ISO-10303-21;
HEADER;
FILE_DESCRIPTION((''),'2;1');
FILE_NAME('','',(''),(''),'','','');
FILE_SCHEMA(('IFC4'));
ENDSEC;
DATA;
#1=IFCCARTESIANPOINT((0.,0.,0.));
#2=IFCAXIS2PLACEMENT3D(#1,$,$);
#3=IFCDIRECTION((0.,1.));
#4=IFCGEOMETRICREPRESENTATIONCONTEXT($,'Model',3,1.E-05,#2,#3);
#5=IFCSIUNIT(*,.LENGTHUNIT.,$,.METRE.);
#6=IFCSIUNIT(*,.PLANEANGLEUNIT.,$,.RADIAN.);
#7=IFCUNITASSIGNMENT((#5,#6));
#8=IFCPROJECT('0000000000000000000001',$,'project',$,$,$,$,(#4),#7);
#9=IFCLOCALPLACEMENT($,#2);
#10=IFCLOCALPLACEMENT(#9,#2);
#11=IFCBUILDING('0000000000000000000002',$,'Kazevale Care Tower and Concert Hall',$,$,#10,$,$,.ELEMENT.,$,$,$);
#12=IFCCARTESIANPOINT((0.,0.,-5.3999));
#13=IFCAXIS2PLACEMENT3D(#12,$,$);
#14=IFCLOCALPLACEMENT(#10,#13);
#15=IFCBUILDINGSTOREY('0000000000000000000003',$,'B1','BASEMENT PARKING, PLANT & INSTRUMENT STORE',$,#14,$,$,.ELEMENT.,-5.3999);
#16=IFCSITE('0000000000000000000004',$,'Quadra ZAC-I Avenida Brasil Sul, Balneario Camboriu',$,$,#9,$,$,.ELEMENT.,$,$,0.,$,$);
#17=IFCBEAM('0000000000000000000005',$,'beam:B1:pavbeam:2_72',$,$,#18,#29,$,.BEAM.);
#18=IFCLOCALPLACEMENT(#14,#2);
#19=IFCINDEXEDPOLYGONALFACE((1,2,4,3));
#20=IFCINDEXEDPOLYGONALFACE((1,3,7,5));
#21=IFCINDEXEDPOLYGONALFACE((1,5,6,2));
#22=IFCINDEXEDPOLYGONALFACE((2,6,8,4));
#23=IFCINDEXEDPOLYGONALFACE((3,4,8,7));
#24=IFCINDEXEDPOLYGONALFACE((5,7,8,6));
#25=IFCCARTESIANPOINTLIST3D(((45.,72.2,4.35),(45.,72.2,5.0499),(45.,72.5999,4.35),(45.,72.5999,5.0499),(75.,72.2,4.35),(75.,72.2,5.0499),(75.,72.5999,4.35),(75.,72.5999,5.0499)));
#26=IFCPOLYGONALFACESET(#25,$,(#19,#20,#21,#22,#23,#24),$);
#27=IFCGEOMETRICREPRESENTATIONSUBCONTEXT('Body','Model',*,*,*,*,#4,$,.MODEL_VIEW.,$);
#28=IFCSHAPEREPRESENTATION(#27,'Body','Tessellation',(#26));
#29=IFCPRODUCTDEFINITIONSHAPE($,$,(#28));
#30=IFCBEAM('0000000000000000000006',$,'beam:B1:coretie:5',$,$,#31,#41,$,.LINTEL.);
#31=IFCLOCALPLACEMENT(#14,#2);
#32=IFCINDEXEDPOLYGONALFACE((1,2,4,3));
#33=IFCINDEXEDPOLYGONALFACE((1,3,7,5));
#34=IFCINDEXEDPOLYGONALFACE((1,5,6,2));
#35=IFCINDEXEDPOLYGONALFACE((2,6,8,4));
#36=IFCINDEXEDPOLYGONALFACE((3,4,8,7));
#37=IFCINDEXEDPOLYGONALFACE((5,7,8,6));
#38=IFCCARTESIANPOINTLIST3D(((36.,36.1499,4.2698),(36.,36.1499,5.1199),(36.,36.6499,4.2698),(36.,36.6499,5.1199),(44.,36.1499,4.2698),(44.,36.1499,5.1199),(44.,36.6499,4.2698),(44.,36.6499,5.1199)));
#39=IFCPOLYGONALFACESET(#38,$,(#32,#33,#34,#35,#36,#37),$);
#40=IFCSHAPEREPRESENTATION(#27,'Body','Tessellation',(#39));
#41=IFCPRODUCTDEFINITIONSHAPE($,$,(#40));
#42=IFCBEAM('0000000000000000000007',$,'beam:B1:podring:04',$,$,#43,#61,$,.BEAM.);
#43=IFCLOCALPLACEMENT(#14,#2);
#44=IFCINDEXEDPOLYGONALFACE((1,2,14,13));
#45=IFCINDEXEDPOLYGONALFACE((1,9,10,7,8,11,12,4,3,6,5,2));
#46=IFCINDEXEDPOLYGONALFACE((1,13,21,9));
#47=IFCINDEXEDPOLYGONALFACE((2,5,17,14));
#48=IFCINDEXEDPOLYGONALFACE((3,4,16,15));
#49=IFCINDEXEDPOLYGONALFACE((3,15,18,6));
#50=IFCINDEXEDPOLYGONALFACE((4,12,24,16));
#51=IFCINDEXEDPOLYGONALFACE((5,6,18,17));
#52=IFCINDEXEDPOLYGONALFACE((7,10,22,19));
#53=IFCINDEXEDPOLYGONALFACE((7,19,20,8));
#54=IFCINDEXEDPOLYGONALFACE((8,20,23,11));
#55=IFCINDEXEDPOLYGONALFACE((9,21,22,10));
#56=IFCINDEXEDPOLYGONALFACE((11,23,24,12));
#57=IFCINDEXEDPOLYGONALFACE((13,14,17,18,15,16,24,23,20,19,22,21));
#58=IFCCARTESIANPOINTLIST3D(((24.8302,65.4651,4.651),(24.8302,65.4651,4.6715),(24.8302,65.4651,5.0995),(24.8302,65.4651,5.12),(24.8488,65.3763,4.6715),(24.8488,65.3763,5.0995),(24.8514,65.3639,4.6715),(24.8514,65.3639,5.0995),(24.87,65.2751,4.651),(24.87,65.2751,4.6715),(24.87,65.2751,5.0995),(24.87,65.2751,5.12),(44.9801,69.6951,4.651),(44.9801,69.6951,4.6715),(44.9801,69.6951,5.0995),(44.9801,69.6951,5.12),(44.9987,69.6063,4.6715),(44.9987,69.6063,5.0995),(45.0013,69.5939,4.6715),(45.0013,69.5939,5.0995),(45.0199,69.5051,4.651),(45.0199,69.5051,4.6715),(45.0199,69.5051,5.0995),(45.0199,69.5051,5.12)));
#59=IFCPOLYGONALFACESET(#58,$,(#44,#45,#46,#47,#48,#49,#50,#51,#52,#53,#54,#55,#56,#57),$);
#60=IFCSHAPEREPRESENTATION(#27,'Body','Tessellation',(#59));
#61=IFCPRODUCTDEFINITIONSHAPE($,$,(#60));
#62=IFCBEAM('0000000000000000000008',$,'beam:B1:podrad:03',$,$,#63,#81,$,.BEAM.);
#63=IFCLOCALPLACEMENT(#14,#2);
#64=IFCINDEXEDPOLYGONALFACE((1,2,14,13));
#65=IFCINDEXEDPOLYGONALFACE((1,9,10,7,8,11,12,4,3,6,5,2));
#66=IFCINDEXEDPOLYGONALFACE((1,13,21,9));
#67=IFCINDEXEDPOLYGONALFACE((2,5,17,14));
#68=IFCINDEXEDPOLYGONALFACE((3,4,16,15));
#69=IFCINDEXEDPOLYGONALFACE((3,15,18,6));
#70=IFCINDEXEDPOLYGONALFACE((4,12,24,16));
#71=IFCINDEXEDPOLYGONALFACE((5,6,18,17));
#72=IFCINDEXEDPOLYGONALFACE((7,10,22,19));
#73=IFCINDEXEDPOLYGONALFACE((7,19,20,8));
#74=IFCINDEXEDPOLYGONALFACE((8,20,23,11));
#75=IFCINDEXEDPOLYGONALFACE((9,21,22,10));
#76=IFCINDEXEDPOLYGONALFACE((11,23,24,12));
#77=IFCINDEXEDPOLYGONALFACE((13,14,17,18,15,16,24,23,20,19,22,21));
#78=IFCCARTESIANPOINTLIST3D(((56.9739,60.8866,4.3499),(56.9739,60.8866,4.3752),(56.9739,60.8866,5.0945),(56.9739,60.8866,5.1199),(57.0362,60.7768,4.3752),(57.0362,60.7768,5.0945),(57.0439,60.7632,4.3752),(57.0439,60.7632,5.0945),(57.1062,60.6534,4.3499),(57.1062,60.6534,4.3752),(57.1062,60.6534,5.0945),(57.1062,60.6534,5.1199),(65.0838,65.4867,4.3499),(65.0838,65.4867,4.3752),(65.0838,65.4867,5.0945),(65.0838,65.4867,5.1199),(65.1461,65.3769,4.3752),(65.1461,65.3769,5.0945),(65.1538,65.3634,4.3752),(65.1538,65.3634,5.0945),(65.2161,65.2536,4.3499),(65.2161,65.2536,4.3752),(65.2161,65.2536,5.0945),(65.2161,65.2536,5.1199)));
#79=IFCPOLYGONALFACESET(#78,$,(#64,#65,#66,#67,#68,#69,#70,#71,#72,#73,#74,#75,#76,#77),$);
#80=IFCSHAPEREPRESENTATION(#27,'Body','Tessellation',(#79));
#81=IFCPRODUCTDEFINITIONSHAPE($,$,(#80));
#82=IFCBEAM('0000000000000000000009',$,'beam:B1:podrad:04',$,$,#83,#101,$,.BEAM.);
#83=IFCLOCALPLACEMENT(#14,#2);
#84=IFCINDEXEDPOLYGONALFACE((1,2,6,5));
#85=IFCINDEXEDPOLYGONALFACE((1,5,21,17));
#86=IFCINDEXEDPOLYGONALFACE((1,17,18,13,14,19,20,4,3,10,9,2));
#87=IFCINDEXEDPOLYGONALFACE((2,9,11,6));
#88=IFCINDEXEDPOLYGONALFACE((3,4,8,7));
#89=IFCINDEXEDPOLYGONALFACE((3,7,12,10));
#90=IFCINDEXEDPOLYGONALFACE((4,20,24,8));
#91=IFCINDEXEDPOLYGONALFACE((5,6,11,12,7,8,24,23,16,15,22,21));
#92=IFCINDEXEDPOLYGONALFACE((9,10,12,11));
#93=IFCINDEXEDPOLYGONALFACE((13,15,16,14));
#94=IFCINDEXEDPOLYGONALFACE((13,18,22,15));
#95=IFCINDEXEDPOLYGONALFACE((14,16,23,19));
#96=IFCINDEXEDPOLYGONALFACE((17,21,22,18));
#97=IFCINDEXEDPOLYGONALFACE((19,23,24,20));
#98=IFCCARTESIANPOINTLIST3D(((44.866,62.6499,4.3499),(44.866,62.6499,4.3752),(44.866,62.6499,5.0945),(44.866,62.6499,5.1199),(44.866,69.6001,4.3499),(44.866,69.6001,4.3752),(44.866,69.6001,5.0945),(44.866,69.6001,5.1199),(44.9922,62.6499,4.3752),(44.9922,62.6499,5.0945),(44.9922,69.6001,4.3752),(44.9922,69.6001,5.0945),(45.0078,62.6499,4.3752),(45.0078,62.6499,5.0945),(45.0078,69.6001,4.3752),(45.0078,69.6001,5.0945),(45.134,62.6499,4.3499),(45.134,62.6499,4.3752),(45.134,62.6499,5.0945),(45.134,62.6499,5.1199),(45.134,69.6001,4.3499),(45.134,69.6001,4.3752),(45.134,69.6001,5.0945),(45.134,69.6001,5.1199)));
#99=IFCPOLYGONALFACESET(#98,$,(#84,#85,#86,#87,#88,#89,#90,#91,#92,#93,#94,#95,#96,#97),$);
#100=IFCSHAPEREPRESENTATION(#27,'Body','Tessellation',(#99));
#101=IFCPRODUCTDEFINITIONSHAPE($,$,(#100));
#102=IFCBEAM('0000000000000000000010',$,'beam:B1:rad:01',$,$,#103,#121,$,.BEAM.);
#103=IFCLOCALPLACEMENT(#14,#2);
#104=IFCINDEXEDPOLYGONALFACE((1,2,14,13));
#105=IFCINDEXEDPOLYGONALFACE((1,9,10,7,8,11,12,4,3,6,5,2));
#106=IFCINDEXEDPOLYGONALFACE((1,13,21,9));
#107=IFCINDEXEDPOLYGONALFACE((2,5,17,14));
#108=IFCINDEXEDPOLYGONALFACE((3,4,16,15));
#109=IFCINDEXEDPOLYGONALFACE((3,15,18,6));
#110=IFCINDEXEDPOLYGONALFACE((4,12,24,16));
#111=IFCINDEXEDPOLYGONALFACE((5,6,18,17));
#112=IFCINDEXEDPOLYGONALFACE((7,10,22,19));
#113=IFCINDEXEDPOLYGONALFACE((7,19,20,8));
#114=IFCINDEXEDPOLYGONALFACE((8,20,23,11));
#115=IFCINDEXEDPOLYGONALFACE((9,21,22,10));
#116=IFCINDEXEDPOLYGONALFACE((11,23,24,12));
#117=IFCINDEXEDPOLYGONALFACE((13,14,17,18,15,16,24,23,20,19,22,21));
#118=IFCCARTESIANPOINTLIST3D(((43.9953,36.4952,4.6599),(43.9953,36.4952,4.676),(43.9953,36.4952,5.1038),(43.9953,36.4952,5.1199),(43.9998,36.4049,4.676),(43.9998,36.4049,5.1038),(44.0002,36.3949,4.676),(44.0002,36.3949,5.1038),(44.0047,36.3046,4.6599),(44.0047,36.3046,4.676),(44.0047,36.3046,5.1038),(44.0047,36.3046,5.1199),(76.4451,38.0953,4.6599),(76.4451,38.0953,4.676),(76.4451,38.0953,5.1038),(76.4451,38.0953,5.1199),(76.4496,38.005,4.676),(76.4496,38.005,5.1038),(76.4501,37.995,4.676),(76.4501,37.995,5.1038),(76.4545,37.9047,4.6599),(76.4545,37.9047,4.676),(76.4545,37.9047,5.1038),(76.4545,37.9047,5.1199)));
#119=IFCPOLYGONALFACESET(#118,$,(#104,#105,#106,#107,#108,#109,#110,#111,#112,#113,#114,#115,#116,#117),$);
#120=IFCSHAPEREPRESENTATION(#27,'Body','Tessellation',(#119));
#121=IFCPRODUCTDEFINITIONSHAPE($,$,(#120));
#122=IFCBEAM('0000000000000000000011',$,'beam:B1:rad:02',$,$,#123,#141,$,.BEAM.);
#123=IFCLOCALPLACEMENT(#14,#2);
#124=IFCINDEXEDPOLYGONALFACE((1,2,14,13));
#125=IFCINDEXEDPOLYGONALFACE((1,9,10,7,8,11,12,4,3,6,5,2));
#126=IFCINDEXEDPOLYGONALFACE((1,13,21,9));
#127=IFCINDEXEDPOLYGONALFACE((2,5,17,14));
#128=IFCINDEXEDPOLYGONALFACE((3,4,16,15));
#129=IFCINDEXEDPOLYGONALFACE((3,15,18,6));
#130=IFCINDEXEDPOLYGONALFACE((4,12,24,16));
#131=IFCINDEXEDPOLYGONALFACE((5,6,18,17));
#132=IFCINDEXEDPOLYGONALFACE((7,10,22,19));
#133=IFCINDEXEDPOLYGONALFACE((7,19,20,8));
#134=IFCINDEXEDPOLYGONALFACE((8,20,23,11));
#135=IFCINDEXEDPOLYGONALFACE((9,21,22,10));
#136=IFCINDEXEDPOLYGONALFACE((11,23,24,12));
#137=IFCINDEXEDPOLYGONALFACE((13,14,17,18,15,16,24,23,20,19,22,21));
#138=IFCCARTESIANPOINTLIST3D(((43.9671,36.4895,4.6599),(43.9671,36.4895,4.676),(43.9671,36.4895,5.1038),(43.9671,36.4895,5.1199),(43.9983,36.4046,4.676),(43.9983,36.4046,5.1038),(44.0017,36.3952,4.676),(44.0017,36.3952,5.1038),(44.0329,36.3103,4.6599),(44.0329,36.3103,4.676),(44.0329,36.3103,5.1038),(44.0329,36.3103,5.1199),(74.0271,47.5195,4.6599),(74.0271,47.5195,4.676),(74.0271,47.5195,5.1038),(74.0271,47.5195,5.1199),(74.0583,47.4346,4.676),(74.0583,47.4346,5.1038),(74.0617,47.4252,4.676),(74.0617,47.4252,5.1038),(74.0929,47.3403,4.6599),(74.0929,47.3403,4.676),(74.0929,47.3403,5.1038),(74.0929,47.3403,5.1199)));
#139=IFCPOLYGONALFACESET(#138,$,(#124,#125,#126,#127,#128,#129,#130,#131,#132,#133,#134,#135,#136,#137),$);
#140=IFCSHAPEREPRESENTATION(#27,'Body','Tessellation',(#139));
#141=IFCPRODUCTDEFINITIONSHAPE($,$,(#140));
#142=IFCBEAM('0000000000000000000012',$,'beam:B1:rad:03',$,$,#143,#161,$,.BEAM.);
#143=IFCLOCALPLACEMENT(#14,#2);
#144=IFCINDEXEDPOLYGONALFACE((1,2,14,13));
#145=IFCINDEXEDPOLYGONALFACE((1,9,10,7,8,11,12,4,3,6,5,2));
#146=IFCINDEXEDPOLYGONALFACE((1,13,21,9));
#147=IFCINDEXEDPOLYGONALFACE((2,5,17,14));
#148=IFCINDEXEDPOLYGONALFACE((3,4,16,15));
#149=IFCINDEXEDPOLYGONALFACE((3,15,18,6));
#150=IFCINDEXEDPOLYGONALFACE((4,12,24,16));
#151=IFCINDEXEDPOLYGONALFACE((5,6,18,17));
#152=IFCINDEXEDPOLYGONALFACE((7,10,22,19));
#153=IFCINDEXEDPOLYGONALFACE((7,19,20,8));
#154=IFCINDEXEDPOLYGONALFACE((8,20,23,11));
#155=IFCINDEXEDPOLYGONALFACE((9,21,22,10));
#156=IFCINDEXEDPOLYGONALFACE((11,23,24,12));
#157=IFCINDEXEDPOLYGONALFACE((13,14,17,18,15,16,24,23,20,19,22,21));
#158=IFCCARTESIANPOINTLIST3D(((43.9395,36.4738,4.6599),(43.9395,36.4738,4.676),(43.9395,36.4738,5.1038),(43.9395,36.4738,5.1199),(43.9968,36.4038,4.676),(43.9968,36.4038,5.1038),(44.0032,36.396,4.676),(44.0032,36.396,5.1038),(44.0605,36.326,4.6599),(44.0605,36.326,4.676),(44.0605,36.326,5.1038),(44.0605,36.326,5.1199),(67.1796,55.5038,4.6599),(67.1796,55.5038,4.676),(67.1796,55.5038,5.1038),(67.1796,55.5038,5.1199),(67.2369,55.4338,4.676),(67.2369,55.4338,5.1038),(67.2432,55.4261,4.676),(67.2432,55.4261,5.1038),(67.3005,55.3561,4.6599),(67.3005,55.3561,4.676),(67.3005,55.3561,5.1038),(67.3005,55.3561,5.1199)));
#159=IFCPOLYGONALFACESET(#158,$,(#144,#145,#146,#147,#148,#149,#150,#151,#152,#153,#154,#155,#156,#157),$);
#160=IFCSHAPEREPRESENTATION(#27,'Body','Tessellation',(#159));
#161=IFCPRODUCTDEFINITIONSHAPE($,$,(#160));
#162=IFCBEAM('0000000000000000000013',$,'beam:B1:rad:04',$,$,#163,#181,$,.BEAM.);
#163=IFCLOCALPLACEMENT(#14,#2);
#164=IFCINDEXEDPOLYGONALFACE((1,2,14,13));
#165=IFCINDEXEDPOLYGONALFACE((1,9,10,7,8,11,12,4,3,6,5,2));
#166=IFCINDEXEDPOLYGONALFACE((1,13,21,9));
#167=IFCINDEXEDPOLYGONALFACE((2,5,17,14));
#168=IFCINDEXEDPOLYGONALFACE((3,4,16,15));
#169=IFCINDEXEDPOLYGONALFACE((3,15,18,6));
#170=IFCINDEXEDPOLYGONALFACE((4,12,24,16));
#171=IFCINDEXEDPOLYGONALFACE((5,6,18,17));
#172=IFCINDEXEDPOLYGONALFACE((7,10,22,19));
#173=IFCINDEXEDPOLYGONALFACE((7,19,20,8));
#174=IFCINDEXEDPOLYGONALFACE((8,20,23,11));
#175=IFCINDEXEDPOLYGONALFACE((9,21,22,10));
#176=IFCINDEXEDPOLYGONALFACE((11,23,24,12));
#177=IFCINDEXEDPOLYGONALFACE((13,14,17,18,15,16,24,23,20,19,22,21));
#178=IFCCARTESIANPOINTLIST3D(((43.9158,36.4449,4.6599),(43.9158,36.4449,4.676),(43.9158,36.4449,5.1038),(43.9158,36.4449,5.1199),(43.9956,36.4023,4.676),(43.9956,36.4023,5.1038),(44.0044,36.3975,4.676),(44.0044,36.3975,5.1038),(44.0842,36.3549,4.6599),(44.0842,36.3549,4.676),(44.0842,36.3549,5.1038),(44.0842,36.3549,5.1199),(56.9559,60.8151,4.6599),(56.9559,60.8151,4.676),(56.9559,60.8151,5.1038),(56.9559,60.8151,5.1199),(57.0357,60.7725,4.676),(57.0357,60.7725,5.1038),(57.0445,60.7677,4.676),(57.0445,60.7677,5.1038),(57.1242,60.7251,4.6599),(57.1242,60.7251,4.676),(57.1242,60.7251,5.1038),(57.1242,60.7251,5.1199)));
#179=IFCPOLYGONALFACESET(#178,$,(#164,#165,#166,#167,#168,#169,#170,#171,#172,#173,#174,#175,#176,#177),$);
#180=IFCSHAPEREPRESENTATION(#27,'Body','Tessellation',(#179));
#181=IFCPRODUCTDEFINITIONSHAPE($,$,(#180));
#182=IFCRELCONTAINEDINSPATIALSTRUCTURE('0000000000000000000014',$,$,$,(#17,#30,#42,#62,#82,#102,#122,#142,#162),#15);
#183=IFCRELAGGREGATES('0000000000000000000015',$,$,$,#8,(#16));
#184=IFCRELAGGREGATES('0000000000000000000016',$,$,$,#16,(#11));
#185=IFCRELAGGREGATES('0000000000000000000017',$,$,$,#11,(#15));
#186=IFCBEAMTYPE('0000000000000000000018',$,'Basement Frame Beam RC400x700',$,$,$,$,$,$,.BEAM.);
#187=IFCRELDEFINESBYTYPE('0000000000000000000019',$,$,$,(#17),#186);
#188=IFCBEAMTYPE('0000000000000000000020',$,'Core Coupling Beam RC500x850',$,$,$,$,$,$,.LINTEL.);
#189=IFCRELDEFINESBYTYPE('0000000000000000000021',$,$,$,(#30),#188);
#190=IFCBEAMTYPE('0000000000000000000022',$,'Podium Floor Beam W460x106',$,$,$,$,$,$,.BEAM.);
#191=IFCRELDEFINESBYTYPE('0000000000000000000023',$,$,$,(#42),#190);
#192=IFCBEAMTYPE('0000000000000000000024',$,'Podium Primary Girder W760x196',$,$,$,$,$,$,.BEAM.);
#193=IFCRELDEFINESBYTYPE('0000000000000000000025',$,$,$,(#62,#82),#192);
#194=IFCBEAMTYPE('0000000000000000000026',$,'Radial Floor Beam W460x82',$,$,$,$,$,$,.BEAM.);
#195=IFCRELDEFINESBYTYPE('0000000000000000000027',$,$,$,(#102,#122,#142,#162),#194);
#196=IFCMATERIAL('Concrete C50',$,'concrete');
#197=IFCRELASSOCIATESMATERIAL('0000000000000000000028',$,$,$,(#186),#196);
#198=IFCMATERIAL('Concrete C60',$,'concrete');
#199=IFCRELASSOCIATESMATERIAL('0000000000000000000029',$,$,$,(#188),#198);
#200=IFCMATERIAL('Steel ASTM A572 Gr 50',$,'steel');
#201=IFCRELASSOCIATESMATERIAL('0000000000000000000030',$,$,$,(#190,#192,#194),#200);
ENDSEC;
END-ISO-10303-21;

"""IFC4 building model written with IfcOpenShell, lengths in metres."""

from ifc_helpers import new_model, si_unit, direction, frame, origin, origin_2d, place, context, subcontext, project, spatial, rectangle, i_section, extrude, material, material_profile, profile_set, type_object, element, save


model = new_model("IFC4")

# Units and contexts
model_context = context("Model", 3, precision=1e-05, world=origin(), true_north=direction((0.0, 1.0)))
body_context = subcontext(model_context, "Body", "Model", "MODEL_VIEW")
ifc_project = project(units=[si_unit("LENGTHUNIT", "METRE"), si_unit("PLANEANGLEUNIT", "RADIAN")], contexts=[model_context])

# Site, building, storey
site_placement = place(None, origin())
site = spatial("IfcSite", under=ifc_project, at=site_placement, Name="Quadra ZAC-I Avenida Brasil Sul, Balneario Camboriu", CompositionType="ELEMENT", RefElevation=0.0)
building_placement = place(site_placement, origin())
building = spatial("IfcBuilding", under=site, at=building_placement, Name="Kazevale Care Tower and Concert Hall", CompositionType="ELEMENT")
storey_placement = place(building_placement, frame((0.0, 0.0, -5.3999)))
storey = spatial("IfcBuildingStorey", under=building, at=storey_placement, Name="B1", Description="BASEMENT PARKING, PLANT & INSTRUMENT STORE", CompositionType="ELEMENT", Elevation=-5.3999)

# Shared definitions
ifc_material_1 = material(Name="Concrete C50", Category="concrete")

# Shared definitions
ifc_material_2 = material(Name="Concrete C60", Category="concrete")

# Beams
ifc_material_profile_1 = material_profile(ifc_material_1, rectangle(XDim=0.3999, YDim=0.7, at=origin_2d()), Name="RC-B400x700")
ifc_profile_set_1 = profile_set([ifc_material_profile_1], Name="Concrete C50")
beam_type_1 = type_object("IfcBeamType", Name="Basement Frame Beam RC400x700", PredefinedType="BEAM", material=ifc_profile_set_1)
beam_1_placement = place(storey_placement, frame((45.0, 72.3999, 4.7), z_axis=(1.0, 0.0, 0.0), x_axis=(0.0, 1.0, 0.0)))
element("IfcBeam", 1, at=beam_1_placement, inside=storey, type_object=beam_type_1, Name="beam:B1:pavbeam:2_72", PredefinedType="BEAM", context=body_context, shape_type="SweptSolid", body=[
    extrude(rectangle(XDim=0.3999, YDim=0.7, at=origin_2d()), origin(), (0.0, 0.0, 1.0), 30.0),
])
ifc_material_profile_2 = material_profile(ifc_material_2, rectangle(XDim=0.5, YDim=0.8501, at=origin_2d()), Name="RC-B500x850")
ifc_profile_set_2 = profile_set([ifc_material_profile_2], Name="Concrete C60")
beam_type_2 = type_object("IfcBeamType", Name="Core Coupling Beam RC500x850", PredefinedType="LINTEL", material=ifc_profile_set_2)
beam_2_placement = place(storey_placement, frame((44.0, 36.3999, 4.6948), z_axis=(-1.0, 0.0, 0.0), x_axis=(0.0, -1.0, 0.0)))
element("IfcBeam", 2, at=beam_2_placement, inside=storey, type_object=beam_type_2, Name="beam:B1:coretie:5", PredefinedType="LINTEL", context=body_context, shape_type="SweptSolid", body=[
    extrude(rectangle(XDim=0.5, YDim=0.8501, at=origin_2d()), origin(), (0.0, 0.0, 1.0), 8.0),
])
ifc_material_3 = material(Name="Steel ASTM A572 Gr 50", Category="steel")
ifc_material_profile_3 = material_profile(ifc_material_3, i_section(OverallWidth=0.1941, OverallDepth=0.469, WebThickness=0.0127, FlangeThickness=0.0205, at=origin_2d()), Name="W460x106")
ifc_profile_set_3 = profile_set([ifc_material_profile_3], Name="Steel ASTM A572 Gr 50")
beam_type_3 = type_object("IfcBeamType", Name="Podium Floor Beam W460x106", PredefinedType="BEAM", material=ifc_profile_set_3)
beam_3_placement = place(storey_placement, frame((45.0, 69.6001, 4.8855), z_axis=(-0.978668, -0.205448, 0.0), x_axis=(0.205448, -0.978668, 0.0)))
element("IfcBeam", 3, at=beam_3_placement, inside=storey, type_object=beam_type_3, Name="beam:B1:podring:04", PredefinedType="BEAM", context=body_context, shape_type="SweptSolid", body=[
    extrude(i_section(OverallWidth=0.1941, OverallDepth=0.469, WebThickness=0.0127, FlangeThickness=0.0205, at=origin_2d()), origin(), (0.0, 0.0, 1.0), 20.5891),
])
ifc_material_profile_4 = material_profile(ifc_material_3, i_section(OverallWidth=0.2681, OverallDepth=0.77, WebThickness=0.0156, FlangeThickness=0.0254, at=origin_2d()), Name="W760x196")
ifc_profile_set_4 = profile_set([ifc_material_profile_4], Name="Steel ASTM A572 Gr 50")
beam_type_4 = type_object("IfcBeamType", Name="Podium Primary Girder W760x196", PredefinedType="BEAM", material=ifc_profile_set_4)
beam_4_placement = place(storey_placement, frame((57.04, 60.77, 4.7349), z_axis=(0.869815, 0.493379, 0.0), x_axis=(-0.493379, 0.869815, 0.0)))
element("IfcBeam", 4, at=beam_4_placement, inside=storey, type_object=beam_type_4, Name="beam:B1:podrad:03", PredefinedType="BEAM", context=body_context, shape_type="SweptSolid", body=[
    extrude(i_section(OverallWidth=0.2681, OverallDepth=0.77, WebThickness=0.0156, FlangeThickness=0.0254, at=origin_2d()), origin(), (0.0, 0.0, 1.0), 9.3237),
])
beam_5_placement = place(storey_placement, frame((45.0, 62.6499, 4.7349), z_axis=(0.0, 1.0, 0.0), x_axis=(-1.0, 0.0, 0.0)))
element("IfcBeam", 5, at=beam_5_placement, inside=storey, type_object=beam_type_4, Name="beam:B1:podrad:04", PredefinedType="BEAM", context=body_context, shape_type="SweptSolid", body=[
    extrude(i_section(OverallWidth=0.2681, OverallDepth=0.77, WebThickness=0.0156, FlangeThickness=0.0254, at=origin_2d()), origin(), (0.0, 0.0, 1.0), 6.9502),
])
ifc_material_profile_5 = material_profile(ifc_material_3, i_section(OverallWidth=0.1909, OverallDepth=0.46, WebThickness=0.01, FlangeThickness=0.0161, at=origin_2d()), Name="W460x82")
ifc_profile_set_5 = profile_set([ifc_material_profile_5], Name="Steel ASTM A572 Gr 50")
beam_type_5 = type_object("IfcBeamType", Name="Radial Floor Beam W460x82", PredefinedType="BEAM", material=ifc_profile_set_5)
beam_6_placement = place(storey_placement, frame((44.0, 36.3999, 4.8899), z_axis=(0.998786, 0.04925, 0.0), x_axis=(-0.04925, 0.998786, 0.0)))
element("IfcBeam", 6, at=beam_6_placement, inside=storey, type_object=beam_type_5, Name="beam:B1:rad:01", PredefinedType="BEAM", context=body_context, shape_type="SweptSolid", body=[
    extrude(i_section(OverallWidth=0.1909, OverallDepth=0.46, WebThickness=0.01, FlangeThickness=0.0161, at=origin_2d()), origin(), (0.0, 0.0, 1.0), 32.4893),
])
beam_7_placement = place(storey_placement, frame((44.0, 36.3999, 4.8899), z_axis=(0.938795, 0.344475, 0.0), x_axis=(-0.344475, 0.938795, 0.0)))
element("IfcBeam", 7, at=beam_7_placement, inside=storey, type_object=beam_type_5, Name="beam:B1:rad:02", PredefinedType="BEAM", context=body_context, shape_type="SweptSolid", body=[
    extrude(i_section(OverallWidth=0.1909, OverallDepth=0.46, WebThickness=0.01, FlangeThickness=0.0161, at=origin_2d()), origin(), (0.0, 0.0, 1.0), 32.0198),
])
beam_8_placement = place(storey_placement, frame((44.0, 36.3999, 4.8899), z_axis=(0.773704, 0.633547, 0.0), x_axis=(-0.633547, 0.773704, 0.0)))
element("IfcBeam", 8, at=beam_8_placement, inside=storey, type_object=beam_type_5, Name="beam:B1:rad:03", PredefinedType="BEAM", context=body_context, shape_type="SweptSolid", body=[
    extrude(i_section(OverallWidth=0.1909, OverallDepth=0.46, WebThickness=0.01, FlangeThickness=0.0161, at=origin_2d()), origin(), (0.0, 0.0, 1.0), 30.0374),
])
beam_9_placement = place(storey_placement, frame((44.0, 36.3999, 4.8899), z_axis=(0.471789, 0.881712, 0.0), x_axis=(-0.881712, 0.471789, 0.0)))
element("IfcBeam", 9, at=beam_9_placement, inside=storey, type_object=beam_type_5, Name="beam:B1:rad:04", PredefinedType="BEAM", context=body_context, shape_type="SweptSolid", body=[
    extrude(i_section(OverallWidth=0.1909, OverallDepth=0.46, WebThickness=0.01, FlangeThickness=0.0161, at=origin_2d()), origin(), (0.0, 0.0, 1.0), 27.6396),
])

save(model, "model.ifc")
